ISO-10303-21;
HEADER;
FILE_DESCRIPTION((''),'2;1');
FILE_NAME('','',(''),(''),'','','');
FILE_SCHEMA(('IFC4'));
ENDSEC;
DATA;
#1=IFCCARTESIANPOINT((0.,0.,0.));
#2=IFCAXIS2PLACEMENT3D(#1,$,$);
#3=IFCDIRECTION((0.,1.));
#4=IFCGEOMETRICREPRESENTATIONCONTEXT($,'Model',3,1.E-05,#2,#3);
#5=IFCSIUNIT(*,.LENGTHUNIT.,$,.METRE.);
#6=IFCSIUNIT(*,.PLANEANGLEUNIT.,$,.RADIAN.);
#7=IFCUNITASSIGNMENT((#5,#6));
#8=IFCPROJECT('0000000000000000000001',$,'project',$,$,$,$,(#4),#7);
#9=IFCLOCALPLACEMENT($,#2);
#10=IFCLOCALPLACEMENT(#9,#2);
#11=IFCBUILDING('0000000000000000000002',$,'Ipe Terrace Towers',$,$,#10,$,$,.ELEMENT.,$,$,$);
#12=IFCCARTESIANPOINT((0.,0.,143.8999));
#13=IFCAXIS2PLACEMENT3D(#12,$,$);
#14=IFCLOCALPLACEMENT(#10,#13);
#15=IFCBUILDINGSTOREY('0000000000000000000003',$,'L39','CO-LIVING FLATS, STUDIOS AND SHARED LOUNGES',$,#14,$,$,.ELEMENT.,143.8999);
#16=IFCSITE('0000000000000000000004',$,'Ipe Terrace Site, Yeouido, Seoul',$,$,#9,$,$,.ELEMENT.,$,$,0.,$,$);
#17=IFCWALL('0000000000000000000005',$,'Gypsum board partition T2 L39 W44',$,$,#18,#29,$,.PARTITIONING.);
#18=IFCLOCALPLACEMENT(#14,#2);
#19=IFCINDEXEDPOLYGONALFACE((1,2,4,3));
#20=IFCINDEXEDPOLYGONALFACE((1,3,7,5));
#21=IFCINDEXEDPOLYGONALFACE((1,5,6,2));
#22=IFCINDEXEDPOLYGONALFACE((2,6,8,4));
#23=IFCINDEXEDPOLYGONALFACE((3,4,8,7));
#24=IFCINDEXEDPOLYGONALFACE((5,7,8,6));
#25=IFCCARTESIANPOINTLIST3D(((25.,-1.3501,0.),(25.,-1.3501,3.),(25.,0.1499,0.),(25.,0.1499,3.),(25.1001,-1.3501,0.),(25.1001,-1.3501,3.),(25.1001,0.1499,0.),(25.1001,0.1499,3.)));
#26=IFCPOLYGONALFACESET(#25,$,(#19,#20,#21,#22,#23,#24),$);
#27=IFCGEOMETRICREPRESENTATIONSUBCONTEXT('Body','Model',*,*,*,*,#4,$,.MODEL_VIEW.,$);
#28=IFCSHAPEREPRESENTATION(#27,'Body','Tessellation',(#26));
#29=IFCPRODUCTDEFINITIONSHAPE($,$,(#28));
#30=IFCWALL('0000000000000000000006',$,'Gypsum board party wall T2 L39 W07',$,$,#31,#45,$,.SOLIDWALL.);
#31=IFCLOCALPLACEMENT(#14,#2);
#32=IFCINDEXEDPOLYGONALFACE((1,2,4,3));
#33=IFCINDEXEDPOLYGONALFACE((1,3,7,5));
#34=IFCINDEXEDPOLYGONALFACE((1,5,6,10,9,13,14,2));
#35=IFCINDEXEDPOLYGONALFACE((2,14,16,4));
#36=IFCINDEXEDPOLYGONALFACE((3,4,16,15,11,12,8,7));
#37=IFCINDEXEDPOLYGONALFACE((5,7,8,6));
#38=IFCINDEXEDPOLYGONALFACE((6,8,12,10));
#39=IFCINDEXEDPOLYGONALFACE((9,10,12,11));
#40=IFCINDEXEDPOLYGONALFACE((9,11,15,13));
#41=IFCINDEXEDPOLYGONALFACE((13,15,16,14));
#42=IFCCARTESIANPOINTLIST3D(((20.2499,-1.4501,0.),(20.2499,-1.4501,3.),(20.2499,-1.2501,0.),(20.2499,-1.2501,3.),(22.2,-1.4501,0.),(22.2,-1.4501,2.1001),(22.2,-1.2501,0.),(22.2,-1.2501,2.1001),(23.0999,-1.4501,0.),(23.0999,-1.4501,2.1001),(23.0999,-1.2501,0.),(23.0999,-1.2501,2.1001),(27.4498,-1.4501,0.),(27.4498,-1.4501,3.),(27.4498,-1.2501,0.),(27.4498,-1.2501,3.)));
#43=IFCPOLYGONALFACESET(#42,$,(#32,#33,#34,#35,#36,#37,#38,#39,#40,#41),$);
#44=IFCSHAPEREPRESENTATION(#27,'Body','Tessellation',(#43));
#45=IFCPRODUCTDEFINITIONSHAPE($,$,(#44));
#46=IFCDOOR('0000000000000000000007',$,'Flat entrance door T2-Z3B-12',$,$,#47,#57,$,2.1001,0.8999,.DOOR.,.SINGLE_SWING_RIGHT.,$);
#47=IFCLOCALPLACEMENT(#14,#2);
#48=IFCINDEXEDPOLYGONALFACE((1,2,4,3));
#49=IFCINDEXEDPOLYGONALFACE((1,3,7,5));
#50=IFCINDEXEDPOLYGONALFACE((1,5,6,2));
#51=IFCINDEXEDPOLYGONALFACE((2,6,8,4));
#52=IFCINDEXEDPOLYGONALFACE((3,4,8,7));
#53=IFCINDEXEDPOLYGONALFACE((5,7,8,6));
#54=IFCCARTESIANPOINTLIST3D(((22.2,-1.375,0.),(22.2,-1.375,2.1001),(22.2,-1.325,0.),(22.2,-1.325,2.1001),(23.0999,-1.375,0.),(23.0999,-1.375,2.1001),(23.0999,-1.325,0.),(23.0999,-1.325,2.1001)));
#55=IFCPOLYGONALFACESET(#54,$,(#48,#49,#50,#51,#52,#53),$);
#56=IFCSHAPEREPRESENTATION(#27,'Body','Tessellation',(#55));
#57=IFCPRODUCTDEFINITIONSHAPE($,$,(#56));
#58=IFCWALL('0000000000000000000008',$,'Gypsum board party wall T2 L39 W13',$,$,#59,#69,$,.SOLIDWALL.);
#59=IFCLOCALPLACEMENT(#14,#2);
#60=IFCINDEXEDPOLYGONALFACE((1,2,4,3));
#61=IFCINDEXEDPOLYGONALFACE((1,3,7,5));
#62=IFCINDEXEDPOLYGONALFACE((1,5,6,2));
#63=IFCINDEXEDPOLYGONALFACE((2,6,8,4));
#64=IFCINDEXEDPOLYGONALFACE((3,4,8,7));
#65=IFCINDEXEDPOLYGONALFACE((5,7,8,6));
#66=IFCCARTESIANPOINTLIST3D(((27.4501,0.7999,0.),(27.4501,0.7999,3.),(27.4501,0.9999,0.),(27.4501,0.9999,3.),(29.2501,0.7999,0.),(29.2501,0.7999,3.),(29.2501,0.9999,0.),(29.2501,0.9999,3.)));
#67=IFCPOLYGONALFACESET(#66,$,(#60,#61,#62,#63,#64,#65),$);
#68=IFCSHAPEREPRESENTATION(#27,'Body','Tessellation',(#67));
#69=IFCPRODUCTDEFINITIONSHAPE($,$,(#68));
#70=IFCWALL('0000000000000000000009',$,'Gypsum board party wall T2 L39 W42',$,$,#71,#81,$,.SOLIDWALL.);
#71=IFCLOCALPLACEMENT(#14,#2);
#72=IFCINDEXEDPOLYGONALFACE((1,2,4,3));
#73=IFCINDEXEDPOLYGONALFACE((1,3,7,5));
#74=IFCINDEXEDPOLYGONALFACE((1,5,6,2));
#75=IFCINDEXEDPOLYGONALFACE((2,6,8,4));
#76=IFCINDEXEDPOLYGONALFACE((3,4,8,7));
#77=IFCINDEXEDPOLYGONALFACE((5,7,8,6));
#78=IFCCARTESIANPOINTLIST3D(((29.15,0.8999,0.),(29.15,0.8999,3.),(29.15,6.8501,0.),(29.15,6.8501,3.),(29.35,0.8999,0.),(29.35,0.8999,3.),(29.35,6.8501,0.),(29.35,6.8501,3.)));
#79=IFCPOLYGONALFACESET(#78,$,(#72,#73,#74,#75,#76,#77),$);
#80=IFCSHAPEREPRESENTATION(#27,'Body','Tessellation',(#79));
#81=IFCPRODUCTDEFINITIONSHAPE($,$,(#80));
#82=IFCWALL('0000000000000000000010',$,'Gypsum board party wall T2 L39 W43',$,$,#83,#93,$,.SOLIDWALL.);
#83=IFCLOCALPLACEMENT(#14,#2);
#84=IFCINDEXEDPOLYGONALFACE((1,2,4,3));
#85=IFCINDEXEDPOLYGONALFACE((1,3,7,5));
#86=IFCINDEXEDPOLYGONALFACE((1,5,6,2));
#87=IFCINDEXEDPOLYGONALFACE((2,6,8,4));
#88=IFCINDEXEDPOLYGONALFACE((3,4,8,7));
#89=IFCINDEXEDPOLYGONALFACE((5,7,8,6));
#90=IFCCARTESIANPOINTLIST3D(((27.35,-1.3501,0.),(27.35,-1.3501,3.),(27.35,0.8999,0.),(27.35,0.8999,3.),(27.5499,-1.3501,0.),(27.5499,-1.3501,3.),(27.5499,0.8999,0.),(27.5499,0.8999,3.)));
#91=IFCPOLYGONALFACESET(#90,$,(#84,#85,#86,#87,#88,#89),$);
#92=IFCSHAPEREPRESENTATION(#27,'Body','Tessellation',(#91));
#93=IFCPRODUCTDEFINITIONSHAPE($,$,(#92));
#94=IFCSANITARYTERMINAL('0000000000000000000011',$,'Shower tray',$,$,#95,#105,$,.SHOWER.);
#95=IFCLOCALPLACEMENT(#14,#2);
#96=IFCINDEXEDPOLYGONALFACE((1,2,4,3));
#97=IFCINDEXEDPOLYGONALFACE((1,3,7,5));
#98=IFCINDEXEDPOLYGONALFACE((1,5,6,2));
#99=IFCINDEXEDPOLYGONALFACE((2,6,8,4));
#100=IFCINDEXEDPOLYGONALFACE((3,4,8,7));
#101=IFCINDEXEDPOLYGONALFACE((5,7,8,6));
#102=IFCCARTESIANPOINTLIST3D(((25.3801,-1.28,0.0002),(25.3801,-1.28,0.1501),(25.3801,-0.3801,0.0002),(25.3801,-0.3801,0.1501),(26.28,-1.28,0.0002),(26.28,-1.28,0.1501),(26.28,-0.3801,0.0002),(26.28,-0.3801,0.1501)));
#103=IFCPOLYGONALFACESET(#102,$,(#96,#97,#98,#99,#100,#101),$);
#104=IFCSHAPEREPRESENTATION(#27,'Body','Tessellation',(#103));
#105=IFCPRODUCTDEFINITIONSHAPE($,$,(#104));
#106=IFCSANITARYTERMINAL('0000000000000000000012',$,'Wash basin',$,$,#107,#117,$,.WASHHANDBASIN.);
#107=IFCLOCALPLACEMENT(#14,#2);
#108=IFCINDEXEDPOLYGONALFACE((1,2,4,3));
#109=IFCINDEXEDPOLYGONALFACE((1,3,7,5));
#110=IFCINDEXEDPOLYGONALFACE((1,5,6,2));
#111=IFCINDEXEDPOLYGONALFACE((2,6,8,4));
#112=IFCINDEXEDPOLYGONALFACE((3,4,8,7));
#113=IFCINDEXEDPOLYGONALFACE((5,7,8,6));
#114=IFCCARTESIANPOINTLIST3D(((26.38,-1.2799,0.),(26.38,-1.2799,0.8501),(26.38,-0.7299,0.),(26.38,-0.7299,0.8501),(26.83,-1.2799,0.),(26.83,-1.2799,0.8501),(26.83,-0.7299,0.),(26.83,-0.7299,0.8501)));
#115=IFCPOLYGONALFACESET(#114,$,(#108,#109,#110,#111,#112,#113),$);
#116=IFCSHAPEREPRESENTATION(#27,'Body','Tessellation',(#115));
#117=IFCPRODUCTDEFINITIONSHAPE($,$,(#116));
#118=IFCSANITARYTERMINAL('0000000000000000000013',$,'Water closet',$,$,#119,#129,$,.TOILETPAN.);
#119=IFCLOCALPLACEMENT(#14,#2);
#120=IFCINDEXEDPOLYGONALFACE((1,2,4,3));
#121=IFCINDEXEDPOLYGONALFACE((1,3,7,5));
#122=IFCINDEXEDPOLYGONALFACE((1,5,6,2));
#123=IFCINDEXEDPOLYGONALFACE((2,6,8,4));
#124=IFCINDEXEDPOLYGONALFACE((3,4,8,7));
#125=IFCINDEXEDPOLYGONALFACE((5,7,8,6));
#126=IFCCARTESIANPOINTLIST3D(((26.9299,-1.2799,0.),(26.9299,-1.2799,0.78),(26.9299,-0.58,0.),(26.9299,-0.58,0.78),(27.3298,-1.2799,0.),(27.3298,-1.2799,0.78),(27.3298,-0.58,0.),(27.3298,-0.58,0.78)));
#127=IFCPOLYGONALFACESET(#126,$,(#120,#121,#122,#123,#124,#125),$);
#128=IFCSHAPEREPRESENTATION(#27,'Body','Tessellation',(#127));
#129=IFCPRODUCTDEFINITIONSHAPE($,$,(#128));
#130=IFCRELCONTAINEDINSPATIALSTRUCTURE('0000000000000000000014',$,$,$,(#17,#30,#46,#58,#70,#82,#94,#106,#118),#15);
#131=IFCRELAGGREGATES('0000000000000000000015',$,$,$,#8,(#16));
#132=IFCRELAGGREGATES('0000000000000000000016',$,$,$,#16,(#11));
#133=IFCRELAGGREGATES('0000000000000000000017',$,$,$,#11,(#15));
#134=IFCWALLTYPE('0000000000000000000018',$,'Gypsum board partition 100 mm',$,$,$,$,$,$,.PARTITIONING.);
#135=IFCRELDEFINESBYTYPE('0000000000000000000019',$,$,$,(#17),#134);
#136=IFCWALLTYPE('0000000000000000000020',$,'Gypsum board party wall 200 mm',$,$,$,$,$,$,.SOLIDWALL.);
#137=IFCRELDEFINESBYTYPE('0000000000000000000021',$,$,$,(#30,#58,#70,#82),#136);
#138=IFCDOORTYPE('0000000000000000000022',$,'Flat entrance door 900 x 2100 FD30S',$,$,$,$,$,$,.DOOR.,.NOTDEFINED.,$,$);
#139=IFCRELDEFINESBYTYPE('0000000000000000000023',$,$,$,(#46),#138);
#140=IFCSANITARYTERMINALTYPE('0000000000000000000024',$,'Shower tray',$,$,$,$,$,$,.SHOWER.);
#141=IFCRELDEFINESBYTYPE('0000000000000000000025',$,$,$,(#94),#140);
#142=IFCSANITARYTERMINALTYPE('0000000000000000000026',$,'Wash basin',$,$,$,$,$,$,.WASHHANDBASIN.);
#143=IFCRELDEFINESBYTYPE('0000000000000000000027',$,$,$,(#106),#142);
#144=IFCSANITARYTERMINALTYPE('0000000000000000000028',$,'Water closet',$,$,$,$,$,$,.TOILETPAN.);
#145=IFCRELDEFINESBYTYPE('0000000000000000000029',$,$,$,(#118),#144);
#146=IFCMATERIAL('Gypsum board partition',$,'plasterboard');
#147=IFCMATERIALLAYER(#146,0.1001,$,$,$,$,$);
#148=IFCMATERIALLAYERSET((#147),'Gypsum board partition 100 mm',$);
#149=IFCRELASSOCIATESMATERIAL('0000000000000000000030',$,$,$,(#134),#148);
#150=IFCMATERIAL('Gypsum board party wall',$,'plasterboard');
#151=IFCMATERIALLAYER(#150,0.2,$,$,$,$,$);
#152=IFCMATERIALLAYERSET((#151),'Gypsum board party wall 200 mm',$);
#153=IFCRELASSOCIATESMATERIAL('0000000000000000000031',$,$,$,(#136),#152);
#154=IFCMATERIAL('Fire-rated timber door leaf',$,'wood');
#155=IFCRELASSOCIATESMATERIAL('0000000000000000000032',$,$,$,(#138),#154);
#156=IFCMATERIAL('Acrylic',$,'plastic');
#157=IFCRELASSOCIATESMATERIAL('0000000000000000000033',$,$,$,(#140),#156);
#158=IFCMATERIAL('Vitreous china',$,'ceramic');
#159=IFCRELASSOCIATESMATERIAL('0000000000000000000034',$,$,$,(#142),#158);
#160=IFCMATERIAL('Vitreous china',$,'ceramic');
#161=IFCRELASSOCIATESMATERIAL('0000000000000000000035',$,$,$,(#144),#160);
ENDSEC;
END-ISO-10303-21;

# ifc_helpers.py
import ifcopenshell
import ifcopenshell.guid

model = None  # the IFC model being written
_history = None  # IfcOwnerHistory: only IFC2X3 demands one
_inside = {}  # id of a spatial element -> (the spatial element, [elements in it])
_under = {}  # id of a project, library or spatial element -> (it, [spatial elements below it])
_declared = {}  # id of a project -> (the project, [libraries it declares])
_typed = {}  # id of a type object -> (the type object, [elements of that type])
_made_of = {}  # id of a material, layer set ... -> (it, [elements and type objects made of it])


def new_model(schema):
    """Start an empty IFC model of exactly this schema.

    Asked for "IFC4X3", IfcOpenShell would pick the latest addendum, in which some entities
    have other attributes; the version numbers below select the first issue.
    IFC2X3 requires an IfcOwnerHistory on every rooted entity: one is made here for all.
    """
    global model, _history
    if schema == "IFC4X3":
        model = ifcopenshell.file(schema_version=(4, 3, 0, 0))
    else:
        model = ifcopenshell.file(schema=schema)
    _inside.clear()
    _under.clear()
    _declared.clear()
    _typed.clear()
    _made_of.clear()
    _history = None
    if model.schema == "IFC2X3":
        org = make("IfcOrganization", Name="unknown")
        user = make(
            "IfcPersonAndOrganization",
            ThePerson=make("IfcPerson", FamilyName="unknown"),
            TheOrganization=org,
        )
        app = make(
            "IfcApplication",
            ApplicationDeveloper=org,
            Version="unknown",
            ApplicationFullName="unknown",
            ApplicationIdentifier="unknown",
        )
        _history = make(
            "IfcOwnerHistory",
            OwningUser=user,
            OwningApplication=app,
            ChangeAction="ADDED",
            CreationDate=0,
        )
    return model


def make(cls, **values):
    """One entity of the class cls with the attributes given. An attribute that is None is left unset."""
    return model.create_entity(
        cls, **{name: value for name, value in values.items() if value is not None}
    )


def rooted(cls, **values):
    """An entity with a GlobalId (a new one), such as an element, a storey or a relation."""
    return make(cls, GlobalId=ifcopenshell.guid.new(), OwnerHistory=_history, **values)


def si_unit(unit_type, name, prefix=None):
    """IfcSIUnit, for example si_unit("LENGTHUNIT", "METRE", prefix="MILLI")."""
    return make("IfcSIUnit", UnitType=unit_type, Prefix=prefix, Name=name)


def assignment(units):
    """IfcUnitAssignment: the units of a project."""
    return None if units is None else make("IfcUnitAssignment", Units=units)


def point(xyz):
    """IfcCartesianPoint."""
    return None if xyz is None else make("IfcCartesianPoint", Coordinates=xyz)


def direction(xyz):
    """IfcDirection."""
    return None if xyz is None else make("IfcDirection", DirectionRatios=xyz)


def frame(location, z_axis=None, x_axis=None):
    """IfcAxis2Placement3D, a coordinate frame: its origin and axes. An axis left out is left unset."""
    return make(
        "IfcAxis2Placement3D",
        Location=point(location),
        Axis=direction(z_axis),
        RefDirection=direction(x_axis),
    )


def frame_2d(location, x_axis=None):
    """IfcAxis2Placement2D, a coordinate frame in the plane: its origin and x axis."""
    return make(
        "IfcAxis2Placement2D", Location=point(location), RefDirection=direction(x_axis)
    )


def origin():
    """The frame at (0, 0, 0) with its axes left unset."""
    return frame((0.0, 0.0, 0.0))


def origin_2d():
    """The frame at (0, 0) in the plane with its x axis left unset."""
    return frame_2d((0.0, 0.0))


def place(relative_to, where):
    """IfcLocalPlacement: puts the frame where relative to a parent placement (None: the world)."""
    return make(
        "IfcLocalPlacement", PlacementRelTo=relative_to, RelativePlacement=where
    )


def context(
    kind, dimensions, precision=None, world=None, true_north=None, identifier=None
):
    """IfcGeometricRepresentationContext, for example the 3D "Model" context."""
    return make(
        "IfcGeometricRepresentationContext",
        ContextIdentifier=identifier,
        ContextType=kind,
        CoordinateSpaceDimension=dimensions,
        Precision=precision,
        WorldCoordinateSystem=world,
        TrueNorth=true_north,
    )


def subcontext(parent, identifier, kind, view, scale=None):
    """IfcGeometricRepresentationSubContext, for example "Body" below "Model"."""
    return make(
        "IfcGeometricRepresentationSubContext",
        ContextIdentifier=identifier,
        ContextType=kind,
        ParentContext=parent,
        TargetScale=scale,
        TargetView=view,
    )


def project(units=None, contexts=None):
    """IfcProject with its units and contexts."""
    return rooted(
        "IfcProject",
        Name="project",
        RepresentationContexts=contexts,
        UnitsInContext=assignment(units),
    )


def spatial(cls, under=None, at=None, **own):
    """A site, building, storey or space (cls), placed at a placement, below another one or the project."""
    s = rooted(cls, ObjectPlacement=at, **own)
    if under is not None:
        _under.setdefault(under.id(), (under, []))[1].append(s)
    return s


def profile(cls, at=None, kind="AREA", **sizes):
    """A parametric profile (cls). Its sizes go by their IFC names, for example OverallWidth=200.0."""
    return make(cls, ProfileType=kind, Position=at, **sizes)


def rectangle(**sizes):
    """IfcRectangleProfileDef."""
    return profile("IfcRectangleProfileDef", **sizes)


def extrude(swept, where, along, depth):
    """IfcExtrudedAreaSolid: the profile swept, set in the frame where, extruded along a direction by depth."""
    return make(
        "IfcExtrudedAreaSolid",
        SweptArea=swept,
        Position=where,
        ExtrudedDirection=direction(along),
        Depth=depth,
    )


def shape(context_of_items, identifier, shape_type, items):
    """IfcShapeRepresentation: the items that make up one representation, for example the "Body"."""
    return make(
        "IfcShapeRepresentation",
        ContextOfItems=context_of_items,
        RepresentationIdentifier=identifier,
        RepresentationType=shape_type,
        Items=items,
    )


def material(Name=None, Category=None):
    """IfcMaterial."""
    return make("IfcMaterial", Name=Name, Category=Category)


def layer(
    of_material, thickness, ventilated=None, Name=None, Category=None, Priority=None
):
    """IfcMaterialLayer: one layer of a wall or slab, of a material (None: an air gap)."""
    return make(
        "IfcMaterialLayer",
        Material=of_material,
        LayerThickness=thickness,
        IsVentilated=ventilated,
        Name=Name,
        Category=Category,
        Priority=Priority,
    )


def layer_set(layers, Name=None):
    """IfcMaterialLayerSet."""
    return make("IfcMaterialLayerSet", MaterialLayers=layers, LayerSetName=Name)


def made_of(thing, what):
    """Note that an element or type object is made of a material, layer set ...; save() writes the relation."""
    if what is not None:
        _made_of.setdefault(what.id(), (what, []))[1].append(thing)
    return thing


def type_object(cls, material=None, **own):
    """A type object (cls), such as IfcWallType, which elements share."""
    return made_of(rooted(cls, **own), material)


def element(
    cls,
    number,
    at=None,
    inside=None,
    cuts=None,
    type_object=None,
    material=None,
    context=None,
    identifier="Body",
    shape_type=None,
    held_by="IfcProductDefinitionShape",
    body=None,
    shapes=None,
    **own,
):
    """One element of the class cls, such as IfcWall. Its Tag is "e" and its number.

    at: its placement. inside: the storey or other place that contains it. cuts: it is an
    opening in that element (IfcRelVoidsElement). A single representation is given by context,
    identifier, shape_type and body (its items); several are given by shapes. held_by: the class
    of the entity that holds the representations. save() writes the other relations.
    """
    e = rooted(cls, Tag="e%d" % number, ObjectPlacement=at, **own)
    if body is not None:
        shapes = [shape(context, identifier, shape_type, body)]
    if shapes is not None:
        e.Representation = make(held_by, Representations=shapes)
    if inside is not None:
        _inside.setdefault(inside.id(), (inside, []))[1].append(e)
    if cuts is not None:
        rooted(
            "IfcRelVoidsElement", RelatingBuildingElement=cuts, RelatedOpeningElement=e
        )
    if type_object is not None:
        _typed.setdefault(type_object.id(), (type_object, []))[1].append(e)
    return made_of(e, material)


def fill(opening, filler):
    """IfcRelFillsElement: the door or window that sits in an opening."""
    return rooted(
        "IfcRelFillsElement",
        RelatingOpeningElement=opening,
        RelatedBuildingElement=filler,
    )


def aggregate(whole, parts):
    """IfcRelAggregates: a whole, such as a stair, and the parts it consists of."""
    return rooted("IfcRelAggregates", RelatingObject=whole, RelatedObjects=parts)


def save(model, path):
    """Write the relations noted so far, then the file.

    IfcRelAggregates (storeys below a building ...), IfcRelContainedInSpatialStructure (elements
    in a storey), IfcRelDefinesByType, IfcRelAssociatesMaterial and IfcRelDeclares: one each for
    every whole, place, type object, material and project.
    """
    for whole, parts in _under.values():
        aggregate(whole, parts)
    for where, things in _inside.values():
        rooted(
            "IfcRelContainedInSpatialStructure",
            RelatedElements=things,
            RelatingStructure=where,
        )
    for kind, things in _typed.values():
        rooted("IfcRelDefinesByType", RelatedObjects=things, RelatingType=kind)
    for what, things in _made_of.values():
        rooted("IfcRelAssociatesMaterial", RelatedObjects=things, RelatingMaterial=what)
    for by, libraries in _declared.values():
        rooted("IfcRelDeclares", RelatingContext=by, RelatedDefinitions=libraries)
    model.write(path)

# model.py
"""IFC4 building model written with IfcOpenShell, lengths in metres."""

from ifc_helpers import new_model, si_unit, direction, frame, frame_2d, origin, origin_2d, place, context, subcontext, project, spatial, rectangle, extrude, material, layer, layer_set, type_object, element, fill, save


model = new_model("IFC4")

# Units and contexts
model_context = context("Model", 3, precision=1e-05, world=origin(), true_north=direction((0.0, 1.0)))
body_context = subcontext(model_context, "Body", "Model", "MODEL_VIEW")
ifc_project = project(units=[si_unit("LENGTHUNIT", "METRE"), si_unit("PLANEANGLEUNIT", "RADIAN")], contexts=[model_context])

# Site, building, storey
site_placement = place(None, origin())
site = spatial("IfcSite", under=ifc_project, at=site_placement, Name="Ipe Terrace Site, Yeouido, Seoul", CompositionType="ELEMENT", RefElevation=0.0)
building_placement = place(site_placement, origin())
building = spatial("IfcBuilding", under=site, at=building_placement, Name="Ipe Terrace Towers", CompositionType="ELEMENT")
storey_placement = place(building_placement, frame((0.0, 0.0, 143.8999)))
storey = spatial("IfcBuildingStorey", under=building, at=storey_placement, Name="L39", Description="CO-LIVING FLATS, STUDIOS AND SHARED LOUNGES", CompositionType="ELEMENT", Elevation=143.8999)

# Shared definitions
ifc_material_1 = material(Name="Gypsum board partition", Category="plasterboard")
ifc_layer_1 = layer(ifc_material_1, 0.1001)
ifc_layer_set_1 = layer_set([ifc_layer_1], Name="Gypsum board partition 100 mm")
wall_type_1 = type_object("IfcWallType", Name="Gypsum board partition 100 mm", PredefinedType="PARTITIONING", material=ifc_layer_set_1)

# Wall
wall_1_placement = place(storey_placement, frame((25.05, -1.3501, 0.0), z_axis=(0.0, 0.0, 1.0), x_axis=(0.0, 1.0, 0.0)))
element("IfcWall", 1, at=wall_1_placement, inside=storey, type_object=wall_type_1, Name="Gypsum board partition T2 L39 W44", PredefinedType="PARTITIONING", context=body_context, shape_type="SweptSolid", body=[
    extrude(rectangle(XDim=1.5, YDim=0.1001, at=frame_2d((0.75, 0.0))), origin(), (0.0, 0.0, 1.0), 3.0),
])

# Wall, opening, door
ifc_material_2 = material(Name="Gypsum board party wall", Category="plasterboard")
ifc_layer_2 = layer(ifc_material_2, 0.2)
ifc_layer_set_2 = layer_set([ifc_layer_2], Name="Gypsum board party wall 200 mm")
wall_type_2 = type_object("IfcWallType", Name="Gypsum board party wall 200 mm", PredefinedType="SOLIDWALL", material=ifc_layer_set_2)
wall_2_placement = place(storey_placement, frame((27.45, -1.3501, 0.0), z_axis=(0.0, 0.0, 1.0), x_axis=(-1.0, 0.0, 0.0)))
wall_2 = element("IfcWall", 2, at=wall_2_placement, inside=storey, type_object=wall_type_2, Name="Gypsum board party wall T2 L39 W07", PredefinedType="SOLIDWALL", context=body_context, shape_type="SweptSolid", body=[
    extrude(rectangle(XDim=7.2, YDim=0.2, at=frame_2d((3.6001, 0.0))), origin(), (0.0, 0.0, 1.0), 3.0),
])
opening_1_placement = place(wall_2_placement, frame((4.3501, 0.0, 0.0)))
opening_1 = element("IfcOpeningElement", 3, at=opening_1_placement, cuts=wall_2, PredefinedType="OPENING", context=body_context, shape_type="SweptSolid", body=[
    extrude(rectangle(XDim=0.8999, YDim=2.1001, at=frame_2d((0.45, 1.05))), frame((0.0, 0.1099, 0.0), z_axis=(0.0, -1.0, 0.0), x_axis=(1.0, 0.0, 0.0)), (0.0, 0.0, 1.0), 0.22),
])
ifc_material_3 = material(Name="Fire-rated timber door leaf", Category="wood")
door_type_1 = type_object("IfcDoorType", Name="Flat entrance door 900 x 2100 FD30S", OperationType="NOTDEFINED", PredefinedType="DOOR", material=ifc_material_3)
door_1_placement = place(opening_1_placement, origin())
door_1 = element("IfcDoor", 4, at=door_1_placement, inside=storey, type_object=door_type_1, Name="Flat entrance door T2-Z3B-12", OperationType="SINGLE_SWING_RIGHT", OverallHeight=2.1001, OverallWidth=0.8999, PredefinedType="DOOR", context=body_context, shape_type="SweptSolid", body=[
    extrude(rectangle(XDim=0.8999, YDim=2.1001, at=frame_2d((0.45, 1.05))), frame((0.0, 0.0249, 0.0), z_axis=(0.0, -1.0, 0.0), x_axis=(1.0, 0.0, 0.0)), (0.0, 0.0, 1.0), 0.05),
])
fill(opening_1, door_1)

# Walls
wall_3_placement = place(storey_placement, frame((29.25, 0.8999, 0.0), z_axis=(0.0, 0.0, 1.0), x_axis=(-1.0, 0.0, 0.0)))
element("IfcWall", 5, at=wall_3_placement, inside=storey, type_object=wall_type_2, Name="Gypsum board party wall T2 L39 W13", PredefinedType="SOLIDWALL", context=body_context, shape_type="SweptSolid", body=[
    extrude(rectangle(XDim=1.8, YDim=0.2, at=frame_2d((0.8999, 0.0))), origin(), (0.0, 0.0, 1.0), 3.0),
])
wall_4_placement = place(storey_placement, frame((29.25, 0.8999, 0.0), z_axis=(0.0, 0.0, 1.0), x_axis=(0.0, 1.0, 0.0)))
element("IfcWall", 6, at=wall_4_placement, inside=storey, type_object=wall_type_2, Name="Gypsum board party wall T2 L39 W42", PredefinedType="SOLIDWALL", context=body_context, shape_type="SweptSolid", body=[
    extrude(rectangle(XDim=5.9502, YDim=0.2, at=frame_2d((2.9751, 0.0))), origin(), (0.0, 0.0, 1.0), 3.0),
])
wall_5_placement = place(storey_placement, frame((27.45, -1.3501, 0.0), z_axis=(0.0, 0.0, 1.0), x_axis=(0.0, 1.0, 0.0)))
element("IfcWall", 7, at=wall_5_placement, inside=storey, type_object=wall_type_2, Name="Gypsum board party wall T2 L39 W43", PredefinedType="SOLIDWALL", context=body_context, shape_type="SweptSolid", body=[
    extrude(rectangle(XDim=2.25, YDim=0.2, at=frame_2d((1.125, 0.0))), origin(), (0.0, 0.0, 1.0), 3.0),
])

# Sanitary terminals
ifc_material_4 = material(Name="Acrylic", Category="plastic")
sanitary_terminal_type_1 = type_object("IfcSanitaryTerminalType", Name="Shower tray", PredefinedType="SHOWER", material=ifc_material_4)
sanitary_terminal_1_placement = place(storey_placement, frame((25.8301, -0.8301, 0.0002), z_axis=(0.0, 0.0, 1.0), x_axis=(0.0, 1.0, 0.0)))
element("IfcSanitaryTerminal", 8, at=sanitary_terminal_1_placement, inside=storey, type_object=sanitary_terminal_type_1, Name="Shower tray", PredefinedType="SHOWER", context=body_context, shape_type="SweptSolid", body=[
    extrude(rectangle(XDim=0.8999, YDim=0.8999, at=origin_2d()), origin(), (0.0, 0.0, 1.0), 0.1499),
])
ifc_material_5 = material(Name="Vitreous china", Category="ceramic")
sanitary_terminal_type_2 = type_object("IfcSanitaryTerminalType", Name="Wash basin", PredefinedType="WASHHANDBASIN", material=ifc_material_5)
sanitary_terminal_2_placement = place(storey_placement, frame((26.605, -1.0049, 0.0), z_axis=(0.0, 0.0, 1.0), x_axis=(0.0, 1.0, 0.0)))
element("IfcSanitaryTerminal", 9, at=sanitary_terminal_2_placement, inside=storey, type_object=sanitary_terminal_type_2, Name="Wash basin", PredefinedType="WASHHANDBASIN", context=body_context, shape_type="SweptSolid", body=[
    extrude(rectangle(XDim=0.55, YDim=0.45, at=origin_2d()), origin(), (0.0, 0.0, 1.0), 0.8501),
])
ifc_material_6 = material(Name="Vitreous china", Category="ceramic")
sanitary_terminal_type_3 = type_object("IfcSanitaryTerminalType", Name="Water closet", PredefinedType="TOILETPAN", material=ifc_material_6)
sanitary_terminal_3_placement = place(storey_placement, frame((27.1299, -0.9299, 0.0), z_axis=(0.0, 0.0, 1.0), x_axis=(0.0, 1.0, 0.0)))
element("IfcSanitaryTerminal", 10, at=sanitary_terminal_3_placement, inside=storey, type_object=sanitary_terminal_type_3, Name="Water closet", PredefinedType="TOILETPAN", context=body_context, shape_type="SweptSolid", body=[
    extrude(rectangle(XDim=0.7, YDim=0.3999, at=origin_2d()), origin(), (0.0, 0.0, 1.0), 0.78),
])

save(model, "model.ifc")
